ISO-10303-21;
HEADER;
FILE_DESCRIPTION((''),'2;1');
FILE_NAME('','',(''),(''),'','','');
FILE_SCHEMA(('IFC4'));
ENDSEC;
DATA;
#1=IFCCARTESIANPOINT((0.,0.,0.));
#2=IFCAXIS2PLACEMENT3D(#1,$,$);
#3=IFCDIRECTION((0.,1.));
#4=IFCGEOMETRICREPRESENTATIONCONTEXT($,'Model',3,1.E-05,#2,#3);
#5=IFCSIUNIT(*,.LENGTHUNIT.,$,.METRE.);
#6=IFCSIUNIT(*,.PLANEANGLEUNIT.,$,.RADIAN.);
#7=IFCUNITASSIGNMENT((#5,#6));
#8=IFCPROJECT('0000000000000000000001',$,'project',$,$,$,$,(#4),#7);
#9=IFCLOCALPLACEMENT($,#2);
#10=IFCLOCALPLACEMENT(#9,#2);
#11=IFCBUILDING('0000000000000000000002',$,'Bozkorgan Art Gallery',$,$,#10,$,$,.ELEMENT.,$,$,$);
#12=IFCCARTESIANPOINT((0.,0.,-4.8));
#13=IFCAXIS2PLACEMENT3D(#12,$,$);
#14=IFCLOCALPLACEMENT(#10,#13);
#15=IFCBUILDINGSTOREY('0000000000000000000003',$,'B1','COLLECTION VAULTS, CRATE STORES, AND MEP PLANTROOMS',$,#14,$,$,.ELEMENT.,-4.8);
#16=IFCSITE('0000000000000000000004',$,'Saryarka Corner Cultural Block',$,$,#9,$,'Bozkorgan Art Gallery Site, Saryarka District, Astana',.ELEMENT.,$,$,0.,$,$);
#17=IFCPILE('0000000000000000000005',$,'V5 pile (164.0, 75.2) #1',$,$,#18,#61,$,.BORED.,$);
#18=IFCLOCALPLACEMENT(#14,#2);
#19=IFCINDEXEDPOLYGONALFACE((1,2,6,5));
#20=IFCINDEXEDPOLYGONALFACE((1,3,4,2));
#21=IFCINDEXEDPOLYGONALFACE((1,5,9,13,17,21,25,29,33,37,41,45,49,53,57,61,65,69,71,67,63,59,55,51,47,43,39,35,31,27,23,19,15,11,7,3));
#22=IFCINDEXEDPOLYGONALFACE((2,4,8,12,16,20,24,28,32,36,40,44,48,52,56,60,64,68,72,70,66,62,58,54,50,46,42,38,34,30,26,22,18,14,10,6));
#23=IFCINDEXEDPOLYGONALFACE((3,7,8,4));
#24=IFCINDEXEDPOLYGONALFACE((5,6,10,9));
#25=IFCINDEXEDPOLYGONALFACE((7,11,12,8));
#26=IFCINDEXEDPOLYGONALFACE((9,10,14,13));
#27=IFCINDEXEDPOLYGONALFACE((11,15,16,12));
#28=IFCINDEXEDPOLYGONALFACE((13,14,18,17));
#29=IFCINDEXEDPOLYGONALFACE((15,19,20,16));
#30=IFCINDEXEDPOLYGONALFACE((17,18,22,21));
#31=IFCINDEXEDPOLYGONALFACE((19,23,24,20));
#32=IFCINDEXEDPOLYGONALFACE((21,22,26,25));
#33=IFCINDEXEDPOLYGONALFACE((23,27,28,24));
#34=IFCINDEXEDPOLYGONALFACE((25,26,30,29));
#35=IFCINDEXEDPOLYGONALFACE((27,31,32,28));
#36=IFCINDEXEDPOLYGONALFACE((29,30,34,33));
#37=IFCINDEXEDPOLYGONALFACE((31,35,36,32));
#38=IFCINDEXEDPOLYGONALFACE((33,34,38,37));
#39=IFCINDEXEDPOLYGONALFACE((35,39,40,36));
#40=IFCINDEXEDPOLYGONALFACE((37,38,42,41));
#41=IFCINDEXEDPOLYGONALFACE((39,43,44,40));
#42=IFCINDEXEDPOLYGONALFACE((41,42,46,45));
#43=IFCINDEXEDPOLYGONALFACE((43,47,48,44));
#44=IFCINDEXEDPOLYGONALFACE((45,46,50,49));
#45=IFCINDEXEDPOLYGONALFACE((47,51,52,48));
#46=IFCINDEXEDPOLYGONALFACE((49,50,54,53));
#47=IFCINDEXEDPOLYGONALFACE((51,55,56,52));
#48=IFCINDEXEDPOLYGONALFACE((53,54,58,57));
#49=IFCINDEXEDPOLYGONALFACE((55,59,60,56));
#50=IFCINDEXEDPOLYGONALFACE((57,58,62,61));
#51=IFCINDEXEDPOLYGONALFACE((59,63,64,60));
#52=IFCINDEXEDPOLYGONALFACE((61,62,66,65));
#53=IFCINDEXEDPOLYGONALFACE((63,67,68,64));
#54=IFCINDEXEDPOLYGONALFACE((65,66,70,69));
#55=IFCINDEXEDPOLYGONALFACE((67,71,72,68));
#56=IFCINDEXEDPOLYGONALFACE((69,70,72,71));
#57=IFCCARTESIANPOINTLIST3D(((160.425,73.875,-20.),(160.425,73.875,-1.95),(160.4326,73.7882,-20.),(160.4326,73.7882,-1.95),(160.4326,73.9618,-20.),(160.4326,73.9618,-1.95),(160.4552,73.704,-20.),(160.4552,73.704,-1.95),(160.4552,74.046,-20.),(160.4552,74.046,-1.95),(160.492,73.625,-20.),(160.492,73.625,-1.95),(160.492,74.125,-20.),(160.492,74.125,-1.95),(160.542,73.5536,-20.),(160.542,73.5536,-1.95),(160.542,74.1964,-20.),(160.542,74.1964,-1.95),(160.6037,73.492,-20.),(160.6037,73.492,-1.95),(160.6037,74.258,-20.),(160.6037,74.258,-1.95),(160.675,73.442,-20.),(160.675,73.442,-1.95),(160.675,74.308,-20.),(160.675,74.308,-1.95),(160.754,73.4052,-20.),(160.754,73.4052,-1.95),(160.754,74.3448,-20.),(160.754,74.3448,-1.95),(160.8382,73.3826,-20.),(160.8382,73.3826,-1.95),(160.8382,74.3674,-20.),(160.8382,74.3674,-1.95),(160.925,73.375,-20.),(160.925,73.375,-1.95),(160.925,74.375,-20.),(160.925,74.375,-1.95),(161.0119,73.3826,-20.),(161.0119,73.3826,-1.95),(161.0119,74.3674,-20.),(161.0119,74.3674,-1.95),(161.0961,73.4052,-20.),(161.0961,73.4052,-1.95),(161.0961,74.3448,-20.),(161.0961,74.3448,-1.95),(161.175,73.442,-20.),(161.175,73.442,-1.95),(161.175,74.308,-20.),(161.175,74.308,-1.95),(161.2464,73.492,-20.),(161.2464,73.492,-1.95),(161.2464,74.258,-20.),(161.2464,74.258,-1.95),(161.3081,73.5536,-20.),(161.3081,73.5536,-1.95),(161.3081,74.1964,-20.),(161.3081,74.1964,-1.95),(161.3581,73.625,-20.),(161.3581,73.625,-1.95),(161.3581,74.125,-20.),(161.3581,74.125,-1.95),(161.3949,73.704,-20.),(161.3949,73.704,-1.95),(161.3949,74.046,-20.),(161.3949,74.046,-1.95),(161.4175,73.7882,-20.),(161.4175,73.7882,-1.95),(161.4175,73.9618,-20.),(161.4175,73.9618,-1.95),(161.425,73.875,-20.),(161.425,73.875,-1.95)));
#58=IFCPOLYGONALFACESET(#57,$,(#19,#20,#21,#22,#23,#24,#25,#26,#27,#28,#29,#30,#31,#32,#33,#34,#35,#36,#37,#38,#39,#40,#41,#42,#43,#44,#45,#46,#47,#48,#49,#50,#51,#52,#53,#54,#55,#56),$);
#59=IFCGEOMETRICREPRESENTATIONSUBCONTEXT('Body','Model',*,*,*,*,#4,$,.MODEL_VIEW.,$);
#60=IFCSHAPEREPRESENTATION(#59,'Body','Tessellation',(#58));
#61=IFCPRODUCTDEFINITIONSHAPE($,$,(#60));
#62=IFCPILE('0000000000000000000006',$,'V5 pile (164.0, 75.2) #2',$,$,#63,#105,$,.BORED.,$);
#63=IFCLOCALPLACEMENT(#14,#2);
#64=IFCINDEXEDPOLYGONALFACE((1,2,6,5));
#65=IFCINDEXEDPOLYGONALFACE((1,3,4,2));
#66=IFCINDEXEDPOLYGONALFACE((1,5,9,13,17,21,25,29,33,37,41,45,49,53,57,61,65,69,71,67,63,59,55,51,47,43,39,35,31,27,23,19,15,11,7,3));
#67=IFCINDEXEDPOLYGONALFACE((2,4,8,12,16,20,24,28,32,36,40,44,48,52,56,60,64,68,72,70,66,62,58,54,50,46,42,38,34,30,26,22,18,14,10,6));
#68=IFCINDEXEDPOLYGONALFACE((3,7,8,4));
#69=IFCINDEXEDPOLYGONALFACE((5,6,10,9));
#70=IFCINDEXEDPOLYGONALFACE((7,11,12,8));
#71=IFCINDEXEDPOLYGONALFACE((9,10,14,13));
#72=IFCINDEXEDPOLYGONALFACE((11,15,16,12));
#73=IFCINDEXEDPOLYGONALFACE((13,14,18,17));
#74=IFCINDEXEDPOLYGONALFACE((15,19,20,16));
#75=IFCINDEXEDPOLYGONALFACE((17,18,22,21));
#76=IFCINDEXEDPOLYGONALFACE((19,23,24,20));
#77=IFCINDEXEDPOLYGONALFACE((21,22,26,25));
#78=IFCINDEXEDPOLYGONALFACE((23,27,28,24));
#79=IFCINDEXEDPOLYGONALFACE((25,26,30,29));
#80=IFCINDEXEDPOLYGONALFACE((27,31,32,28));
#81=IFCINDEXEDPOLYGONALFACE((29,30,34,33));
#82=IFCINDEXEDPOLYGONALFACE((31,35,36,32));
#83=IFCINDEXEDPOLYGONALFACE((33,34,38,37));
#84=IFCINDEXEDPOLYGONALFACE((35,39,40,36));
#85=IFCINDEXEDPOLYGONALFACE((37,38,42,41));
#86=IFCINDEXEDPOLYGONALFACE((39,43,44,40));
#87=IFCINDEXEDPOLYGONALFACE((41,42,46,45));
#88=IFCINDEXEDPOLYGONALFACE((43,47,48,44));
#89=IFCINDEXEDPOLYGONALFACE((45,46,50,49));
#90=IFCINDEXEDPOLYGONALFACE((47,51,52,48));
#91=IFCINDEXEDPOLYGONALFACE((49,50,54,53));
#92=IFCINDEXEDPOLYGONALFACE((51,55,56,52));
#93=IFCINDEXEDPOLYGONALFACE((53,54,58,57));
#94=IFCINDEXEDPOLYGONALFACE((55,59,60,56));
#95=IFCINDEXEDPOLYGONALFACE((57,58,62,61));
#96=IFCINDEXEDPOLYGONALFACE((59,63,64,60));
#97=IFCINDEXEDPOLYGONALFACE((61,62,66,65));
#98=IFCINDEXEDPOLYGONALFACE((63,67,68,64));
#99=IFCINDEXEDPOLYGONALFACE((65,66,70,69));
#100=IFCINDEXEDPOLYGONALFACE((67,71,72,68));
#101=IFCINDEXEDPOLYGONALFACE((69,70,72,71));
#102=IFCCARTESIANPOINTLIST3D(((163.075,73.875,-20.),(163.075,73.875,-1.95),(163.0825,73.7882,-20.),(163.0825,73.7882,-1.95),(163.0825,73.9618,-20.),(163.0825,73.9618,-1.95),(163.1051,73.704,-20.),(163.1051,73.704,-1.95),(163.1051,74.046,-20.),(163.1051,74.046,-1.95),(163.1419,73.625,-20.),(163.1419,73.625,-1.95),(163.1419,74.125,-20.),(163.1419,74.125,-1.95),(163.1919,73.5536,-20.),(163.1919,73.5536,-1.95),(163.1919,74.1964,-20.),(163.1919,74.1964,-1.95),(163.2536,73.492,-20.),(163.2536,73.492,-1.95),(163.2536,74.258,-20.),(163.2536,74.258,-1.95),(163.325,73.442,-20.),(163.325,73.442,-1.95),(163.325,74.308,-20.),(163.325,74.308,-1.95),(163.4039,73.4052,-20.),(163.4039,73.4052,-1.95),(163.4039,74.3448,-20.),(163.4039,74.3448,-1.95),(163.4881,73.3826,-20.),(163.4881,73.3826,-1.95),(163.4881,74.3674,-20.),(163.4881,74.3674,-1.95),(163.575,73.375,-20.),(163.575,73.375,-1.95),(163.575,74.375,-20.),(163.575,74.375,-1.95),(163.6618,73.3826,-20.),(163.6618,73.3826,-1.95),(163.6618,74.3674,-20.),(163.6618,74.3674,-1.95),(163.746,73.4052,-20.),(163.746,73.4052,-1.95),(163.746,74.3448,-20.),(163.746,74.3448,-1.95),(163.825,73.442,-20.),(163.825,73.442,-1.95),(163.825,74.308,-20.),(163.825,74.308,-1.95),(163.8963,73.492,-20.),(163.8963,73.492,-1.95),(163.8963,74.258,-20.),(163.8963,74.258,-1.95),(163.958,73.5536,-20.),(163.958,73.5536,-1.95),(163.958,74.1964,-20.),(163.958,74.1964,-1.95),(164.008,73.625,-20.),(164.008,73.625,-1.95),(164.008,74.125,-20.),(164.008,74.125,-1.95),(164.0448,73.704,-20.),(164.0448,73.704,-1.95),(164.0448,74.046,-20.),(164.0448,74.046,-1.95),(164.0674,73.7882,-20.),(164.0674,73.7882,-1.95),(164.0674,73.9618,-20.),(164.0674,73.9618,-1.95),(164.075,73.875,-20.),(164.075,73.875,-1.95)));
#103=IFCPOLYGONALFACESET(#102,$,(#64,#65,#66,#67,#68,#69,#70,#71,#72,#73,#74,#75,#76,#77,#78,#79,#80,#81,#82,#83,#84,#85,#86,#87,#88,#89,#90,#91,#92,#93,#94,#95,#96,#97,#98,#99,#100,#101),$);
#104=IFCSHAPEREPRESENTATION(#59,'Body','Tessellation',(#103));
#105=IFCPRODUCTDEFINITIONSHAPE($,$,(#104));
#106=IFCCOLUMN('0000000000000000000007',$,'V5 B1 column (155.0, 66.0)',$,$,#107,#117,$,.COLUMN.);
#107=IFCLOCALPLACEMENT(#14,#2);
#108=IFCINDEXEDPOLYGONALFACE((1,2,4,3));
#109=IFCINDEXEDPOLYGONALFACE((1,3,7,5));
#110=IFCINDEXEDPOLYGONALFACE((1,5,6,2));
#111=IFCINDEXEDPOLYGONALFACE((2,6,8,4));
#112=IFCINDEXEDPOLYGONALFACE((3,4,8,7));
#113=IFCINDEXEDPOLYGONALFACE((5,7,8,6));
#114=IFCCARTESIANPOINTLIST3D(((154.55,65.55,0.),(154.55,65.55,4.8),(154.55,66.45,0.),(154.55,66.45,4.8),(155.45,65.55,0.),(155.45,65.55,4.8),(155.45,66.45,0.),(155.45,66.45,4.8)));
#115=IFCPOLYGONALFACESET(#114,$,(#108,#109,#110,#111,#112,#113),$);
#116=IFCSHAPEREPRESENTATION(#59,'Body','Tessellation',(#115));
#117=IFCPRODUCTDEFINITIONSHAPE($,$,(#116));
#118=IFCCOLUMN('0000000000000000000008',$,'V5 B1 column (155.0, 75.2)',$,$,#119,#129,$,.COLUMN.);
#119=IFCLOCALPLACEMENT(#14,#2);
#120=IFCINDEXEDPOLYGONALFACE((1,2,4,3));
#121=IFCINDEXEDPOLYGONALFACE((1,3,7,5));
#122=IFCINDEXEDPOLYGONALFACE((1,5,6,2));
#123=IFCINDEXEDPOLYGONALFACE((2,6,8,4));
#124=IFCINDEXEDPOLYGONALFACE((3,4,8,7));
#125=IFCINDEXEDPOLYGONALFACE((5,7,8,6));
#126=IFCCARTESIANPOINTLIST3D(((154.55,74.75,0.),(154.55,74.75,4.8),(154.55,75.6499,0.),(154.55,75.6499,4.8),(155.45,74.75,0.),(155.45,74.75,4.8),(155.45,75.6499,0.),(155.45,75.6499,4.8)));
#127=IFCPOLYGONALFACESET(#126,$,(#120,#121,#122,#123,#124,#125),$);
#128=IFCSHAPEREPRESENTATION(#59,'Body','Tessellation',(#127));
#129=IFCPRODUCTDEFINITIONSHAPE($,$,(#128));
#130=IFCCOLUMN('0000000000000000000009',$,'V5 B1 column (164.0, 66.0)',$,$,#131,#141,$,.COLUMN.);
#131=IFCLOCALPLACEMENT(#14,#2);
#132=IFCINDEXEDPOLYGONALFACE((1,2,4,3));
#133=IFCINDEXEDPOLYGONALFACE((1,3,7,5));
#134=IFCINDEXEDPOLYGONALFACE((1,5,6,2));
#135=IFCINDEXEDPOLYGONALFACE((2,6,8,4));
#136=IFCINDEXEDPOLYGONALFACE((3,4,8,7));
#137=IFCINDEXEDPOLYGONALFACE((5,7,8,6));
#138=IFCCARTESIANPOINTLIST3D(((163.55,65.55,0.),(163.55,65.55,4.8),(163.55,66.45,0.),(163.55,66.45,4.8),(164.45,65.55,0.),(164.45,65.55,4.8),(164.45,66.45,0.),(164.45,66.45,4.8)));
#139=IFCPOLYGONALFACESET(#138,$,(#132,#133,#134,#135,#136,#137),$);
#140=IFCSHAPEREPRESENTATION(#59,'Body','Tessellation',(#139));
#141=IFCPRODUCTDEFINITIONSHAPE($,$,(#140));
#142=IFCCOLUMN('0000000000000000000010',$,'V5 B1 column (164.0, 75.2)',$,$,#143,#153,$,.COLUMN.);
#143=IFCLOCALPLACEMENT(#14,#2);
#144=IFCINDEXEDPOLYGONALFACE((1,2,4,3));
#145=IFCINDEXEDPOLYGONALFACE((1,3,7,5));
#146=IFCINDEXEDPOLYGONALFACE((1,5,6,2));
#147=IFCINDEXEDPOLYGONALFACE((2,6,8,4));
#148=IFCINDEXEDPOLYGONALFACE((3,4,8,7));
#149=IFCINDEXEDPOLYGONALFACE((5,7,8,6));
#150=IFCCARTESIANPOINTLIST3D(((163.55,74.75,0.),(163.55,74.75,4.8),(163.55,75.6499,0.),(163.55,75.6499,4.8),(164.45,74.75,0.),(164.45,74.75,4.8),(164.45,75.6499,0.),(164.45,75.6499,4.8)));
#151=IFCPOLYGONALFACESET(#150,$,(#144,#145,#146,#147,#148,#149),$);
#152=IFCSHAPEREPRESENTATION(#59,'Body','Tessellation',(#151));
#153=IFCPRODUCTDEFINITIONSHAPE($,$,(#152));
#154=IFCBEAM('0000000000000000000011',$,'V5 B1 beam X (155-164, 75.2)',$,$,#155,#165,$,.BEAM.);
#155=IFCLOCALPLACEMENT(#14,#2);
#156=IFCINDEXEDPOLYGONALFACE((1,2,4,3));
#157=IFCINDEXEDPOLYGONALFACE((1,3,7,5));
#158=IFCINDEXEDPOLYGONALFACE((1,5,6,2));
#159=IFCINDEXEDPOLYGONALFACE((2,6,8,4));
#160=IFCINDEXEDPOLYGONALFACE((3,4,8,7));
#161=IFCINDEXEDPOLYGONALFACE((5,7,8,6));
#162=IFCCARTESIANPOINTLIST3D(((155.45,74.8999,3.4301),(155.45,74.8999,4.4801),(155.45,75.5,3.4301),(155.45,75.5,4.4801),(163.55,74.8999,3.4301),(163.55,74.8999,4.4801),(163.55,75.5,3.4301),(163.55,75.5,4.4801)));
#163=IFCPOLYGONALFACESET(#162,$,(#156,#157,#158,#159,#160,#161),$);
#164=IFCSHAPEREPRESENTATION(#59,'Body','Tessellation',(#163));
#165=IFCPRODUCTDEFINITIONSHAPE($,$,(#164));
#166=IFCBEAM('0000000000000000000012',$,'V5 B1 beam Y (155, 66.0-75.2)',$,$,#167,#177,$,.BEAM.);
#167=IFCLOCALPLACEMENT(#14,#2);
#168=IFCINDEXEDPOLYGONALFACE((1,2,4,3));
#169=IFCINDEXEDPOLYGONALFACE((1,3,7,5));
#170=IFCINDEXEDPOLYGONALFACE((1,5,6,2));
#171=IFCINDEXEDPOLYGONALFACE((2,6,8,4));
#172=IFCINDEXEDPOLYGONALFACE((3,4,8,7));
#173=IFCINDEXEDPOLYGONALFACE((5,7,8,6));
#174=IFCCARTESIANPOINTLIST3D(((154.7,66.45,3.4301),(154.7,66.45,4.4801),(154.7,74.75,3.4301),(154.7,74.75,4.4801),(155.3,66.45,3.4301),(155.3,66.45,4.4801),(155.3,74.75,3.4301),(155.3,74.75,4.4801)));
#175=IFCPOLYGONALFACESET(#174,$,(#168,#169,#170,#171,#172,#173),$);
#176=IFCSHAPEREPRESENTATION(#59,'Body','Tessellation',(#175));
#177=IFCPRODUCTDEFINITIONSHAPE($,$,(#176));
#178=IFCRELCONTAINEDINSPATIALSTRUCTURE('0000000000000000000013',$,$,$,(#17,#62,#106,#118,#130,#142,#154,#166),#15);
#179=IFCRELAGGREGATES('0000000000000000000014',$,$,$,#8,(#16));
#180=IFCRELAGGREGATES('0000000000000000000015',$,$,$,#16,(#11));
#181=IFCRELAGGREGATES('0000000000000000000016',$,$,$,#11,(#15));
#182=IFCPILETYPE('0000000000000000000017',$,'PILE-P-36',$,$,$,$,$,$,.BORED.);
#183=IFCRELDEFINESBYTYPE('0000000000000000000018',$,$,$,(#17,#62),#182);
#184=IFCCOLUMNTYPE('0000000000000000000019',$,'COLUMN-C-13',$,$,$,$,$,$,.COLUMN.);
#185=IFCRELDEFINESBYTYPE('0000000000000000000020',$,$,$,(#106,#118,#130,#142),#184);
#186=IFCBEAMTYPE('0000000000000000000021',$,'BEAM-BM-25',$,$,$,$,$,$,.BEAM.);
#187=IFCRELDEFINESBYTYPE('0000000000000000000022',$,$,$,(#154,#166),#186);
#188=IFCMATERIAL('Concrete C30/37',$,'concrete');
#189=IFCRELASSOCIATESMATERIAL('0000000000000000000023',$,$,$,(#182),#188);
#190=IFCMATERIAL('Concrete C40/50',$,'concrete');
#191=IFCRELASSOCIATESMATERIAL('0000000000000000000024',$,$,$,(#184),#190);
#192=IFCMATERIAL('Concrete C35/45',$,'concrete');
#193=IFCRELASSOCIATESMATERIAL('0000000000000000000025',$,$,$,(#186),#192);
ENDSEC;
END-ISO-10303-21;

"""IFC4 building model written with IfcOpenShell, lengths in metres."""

from ifc_helpers import new_model, si_unit, direction, frame, origin, origin_2d, place, context, subcontext, project, spatial, rectangle, circle, extrude, material, material_profile, profile_set, type_object, element, save


model = new_model("IFC4")

# Units and contexts
model_context = context("Model", 3, precision=1e-05, world=origin(), true_north=direction((0.0, 1.0)))
body_context = subcontext(model_context, "Body", "Model", "MODEL_VIEW")
ifc_project = project(units=[si_unit("LENGTHUNIT", "METRE"), si_unit("PLANEANGLEUNIT", "RADIAN")], contexts=[model_context])

# Site, building, storey
site_placement = place(None, origin())
site = spatial("IfcSite", under=ifc_project, at=site_placement, Name="Saryarka Corner Cultural Block", LongName="Bozkorgan Art Gallery Site, Saryarka District, Astana", CompositionType="ELEMENT", RefElevation=0.0)
building_placement = place(site_placement, origin())
building = spatial("IfcBuilding", under=site, at=building_placement, Name="Bozkorgan Art Gallery", CompositionType="ELEMENT")
storey_placement = place(building_placement, frame((0.0, 0.0, -4.8)))
storey = spatial("IfcBuildingStorey", under=building, at=storey_placement, Name="B1", Description="COLLECTION VAULTS, CRATE STORES, AND MEP PLANTROOMS", CompositionType="ELEMENT", Elevation=-4.8)

# Shared definitions
ifc_material_1 = material(Name="Concrete C30/37", Category="concrete")

# Piles
ifc_material_profile_1 = material_profile(ifc_material_1, circle(Radius=0.5, at=origin_2d()), Name="PILE D1000")
ifc_profile_set_1 = profile_set([ifc_material_profile_1], Name="Concrete C30/37")
pile_type = type_object("IfcPileType", Name="PILE-P-36", PredefinedType="BORED", material=ifc_profile_set_1)
for number, where, z_axis, x_axis, name in (
    (1, (160.925, 73.875, -1.95), (0.0, 0.0, -1.0), (1.0, 0.0, 0.0), "V5 pile (164.0, 75.2) #1"),
    (2, (163.575, 73.875, -1.95), (0.0, 0.0, -1.0), (1.0, 0.0, 0.0), "V5 pile (164.0, 75.2) #2"),
):
    element("IfcPile", number, at=place(storey_placement, frame(where, z_axis=z_axis, x_axis=x_axis)), inside=storey, type_object=pile_type, Name=name, PredefinedType="BORED", context=body_context, shape_type="SweptSolid", body=[
        extrude(circle(Radius=0.5, at=origin_2d()), origin(), (0.0, 0.0, 1.0), 18.05),
    ])

# Columns
ifc_material_2 = material(Name="Concrete C40/50", Category="concrete")
ifc_material_profile_2 = material_profile(ifc_material_2, rectangle(XDim=0.8999, YDim=0.8999, at=origin_2d()), Name="RC 900x900")
ifc_profile_set_2 = profile_set([ifc_material_profile_2], Name="Concrete C40/50")
column_type = type_object("IfcColumnType", Name="COLUMN-C-13", PredefinedType="COLUMN", material=ifc_profile_set_2)
for number, where, z_axis, x_axis, name in (
    (3, (155.0, 66.0, 0.0), (0.0, 0.0, 1.0), (1.0, 0.0, 0.0), "V5 B1 column (155.0, 66.0)"),
    (4, (155.0, 75.2, 0.0), (0.0, 0.0, 1.0), (1.0, 0.0, 0.0), "V5 B1 column (155.0, 75.2)"),
    (5, (164.0, 66.0, 0.0), (0.0, 0.0, 1.0), (1.0, 0.0, 0.0), "V5 B1 column (164.0, 66.0)"),
    (6, (164.0, 75.2, 0.0), (0.0, 0.0, 1.0), (1.0, 0.0, 0.0), "V5 B1 column (164.0, 75.2)"),
):
    element("IfcColumn", number, at=place(storey_placement, frame(where, z_axis=z_axis, x_axis=x_axis)), inside=storey, type_object=column_type, Name=name, PredefinedType="COLUMN", context=body_context, shape_type="SweptSolid", body=[
        extrude(rectangle(XDim=0.8999, YDim=0.8999, at=origin_2d()), origin(), (0.0, 0.0, 1.0), 4.8),
    ])

# Beams
ifc_material_3 = material(Name="Concrete C35/45", Category="concrete")
ifc_material_profile_3 = material_profile(ifc_material_3, rectangle(XDim=0.6001, YDim=1.05, at=origin_2d()), Name="RC 600x1050")
ifc_profile_set_3 = profile_set([ifc_material_profile_3], Name="Concrete C35/45")
beam_type_1 = type_object("IfcBeamType", Name="BEAM-BM-25", PredefinedType="BEAM", material=ifc_profile_set_3)
beam_1_placement = place(storey_placement, frame((155.45, 75.2, 3.9551), z_axis=(1.0, 0.0, 0.0), x_axis=(0.0, 1.0, 0.0)))
element("IfcBeam", 7, at=beam_1_placement, inside=storey, type_object=beam_type_1, Name="V5 B1 beam X (155-164, 75.2)", PredefinedType="BEAM", context=body_context, shape_type="SweptSolid", body=[
    extrude(rectangle(XDim=0.6001, YDim=1.05, at=origin_2d()), origin(), (0.0, 0.0, 1.0), 8.1001),
])
beam_2_placement = place(storey_placement, frame((155.0, 66.45, 3.9551), z_axis=(0.0, 1.0, 0.0), x_axis=(-1.0, 0.0, 0.0)))
element("IfcBeam", 8, at=beam_2_placement, inside=storey, type_object=beam_type_1, Name="V5 B1 beam Y (155, 66.0-75.2)", PredefinedType="BEAM", context=body_context, shape_type="SweptSolid", body=[
    extrude(rectangle(XDim=0.6001, YDim=1.05, at=origin_2d()), origin(), (0.0, 0.0, 1.0), 8.3),
])

save(model, "model.ifc")
